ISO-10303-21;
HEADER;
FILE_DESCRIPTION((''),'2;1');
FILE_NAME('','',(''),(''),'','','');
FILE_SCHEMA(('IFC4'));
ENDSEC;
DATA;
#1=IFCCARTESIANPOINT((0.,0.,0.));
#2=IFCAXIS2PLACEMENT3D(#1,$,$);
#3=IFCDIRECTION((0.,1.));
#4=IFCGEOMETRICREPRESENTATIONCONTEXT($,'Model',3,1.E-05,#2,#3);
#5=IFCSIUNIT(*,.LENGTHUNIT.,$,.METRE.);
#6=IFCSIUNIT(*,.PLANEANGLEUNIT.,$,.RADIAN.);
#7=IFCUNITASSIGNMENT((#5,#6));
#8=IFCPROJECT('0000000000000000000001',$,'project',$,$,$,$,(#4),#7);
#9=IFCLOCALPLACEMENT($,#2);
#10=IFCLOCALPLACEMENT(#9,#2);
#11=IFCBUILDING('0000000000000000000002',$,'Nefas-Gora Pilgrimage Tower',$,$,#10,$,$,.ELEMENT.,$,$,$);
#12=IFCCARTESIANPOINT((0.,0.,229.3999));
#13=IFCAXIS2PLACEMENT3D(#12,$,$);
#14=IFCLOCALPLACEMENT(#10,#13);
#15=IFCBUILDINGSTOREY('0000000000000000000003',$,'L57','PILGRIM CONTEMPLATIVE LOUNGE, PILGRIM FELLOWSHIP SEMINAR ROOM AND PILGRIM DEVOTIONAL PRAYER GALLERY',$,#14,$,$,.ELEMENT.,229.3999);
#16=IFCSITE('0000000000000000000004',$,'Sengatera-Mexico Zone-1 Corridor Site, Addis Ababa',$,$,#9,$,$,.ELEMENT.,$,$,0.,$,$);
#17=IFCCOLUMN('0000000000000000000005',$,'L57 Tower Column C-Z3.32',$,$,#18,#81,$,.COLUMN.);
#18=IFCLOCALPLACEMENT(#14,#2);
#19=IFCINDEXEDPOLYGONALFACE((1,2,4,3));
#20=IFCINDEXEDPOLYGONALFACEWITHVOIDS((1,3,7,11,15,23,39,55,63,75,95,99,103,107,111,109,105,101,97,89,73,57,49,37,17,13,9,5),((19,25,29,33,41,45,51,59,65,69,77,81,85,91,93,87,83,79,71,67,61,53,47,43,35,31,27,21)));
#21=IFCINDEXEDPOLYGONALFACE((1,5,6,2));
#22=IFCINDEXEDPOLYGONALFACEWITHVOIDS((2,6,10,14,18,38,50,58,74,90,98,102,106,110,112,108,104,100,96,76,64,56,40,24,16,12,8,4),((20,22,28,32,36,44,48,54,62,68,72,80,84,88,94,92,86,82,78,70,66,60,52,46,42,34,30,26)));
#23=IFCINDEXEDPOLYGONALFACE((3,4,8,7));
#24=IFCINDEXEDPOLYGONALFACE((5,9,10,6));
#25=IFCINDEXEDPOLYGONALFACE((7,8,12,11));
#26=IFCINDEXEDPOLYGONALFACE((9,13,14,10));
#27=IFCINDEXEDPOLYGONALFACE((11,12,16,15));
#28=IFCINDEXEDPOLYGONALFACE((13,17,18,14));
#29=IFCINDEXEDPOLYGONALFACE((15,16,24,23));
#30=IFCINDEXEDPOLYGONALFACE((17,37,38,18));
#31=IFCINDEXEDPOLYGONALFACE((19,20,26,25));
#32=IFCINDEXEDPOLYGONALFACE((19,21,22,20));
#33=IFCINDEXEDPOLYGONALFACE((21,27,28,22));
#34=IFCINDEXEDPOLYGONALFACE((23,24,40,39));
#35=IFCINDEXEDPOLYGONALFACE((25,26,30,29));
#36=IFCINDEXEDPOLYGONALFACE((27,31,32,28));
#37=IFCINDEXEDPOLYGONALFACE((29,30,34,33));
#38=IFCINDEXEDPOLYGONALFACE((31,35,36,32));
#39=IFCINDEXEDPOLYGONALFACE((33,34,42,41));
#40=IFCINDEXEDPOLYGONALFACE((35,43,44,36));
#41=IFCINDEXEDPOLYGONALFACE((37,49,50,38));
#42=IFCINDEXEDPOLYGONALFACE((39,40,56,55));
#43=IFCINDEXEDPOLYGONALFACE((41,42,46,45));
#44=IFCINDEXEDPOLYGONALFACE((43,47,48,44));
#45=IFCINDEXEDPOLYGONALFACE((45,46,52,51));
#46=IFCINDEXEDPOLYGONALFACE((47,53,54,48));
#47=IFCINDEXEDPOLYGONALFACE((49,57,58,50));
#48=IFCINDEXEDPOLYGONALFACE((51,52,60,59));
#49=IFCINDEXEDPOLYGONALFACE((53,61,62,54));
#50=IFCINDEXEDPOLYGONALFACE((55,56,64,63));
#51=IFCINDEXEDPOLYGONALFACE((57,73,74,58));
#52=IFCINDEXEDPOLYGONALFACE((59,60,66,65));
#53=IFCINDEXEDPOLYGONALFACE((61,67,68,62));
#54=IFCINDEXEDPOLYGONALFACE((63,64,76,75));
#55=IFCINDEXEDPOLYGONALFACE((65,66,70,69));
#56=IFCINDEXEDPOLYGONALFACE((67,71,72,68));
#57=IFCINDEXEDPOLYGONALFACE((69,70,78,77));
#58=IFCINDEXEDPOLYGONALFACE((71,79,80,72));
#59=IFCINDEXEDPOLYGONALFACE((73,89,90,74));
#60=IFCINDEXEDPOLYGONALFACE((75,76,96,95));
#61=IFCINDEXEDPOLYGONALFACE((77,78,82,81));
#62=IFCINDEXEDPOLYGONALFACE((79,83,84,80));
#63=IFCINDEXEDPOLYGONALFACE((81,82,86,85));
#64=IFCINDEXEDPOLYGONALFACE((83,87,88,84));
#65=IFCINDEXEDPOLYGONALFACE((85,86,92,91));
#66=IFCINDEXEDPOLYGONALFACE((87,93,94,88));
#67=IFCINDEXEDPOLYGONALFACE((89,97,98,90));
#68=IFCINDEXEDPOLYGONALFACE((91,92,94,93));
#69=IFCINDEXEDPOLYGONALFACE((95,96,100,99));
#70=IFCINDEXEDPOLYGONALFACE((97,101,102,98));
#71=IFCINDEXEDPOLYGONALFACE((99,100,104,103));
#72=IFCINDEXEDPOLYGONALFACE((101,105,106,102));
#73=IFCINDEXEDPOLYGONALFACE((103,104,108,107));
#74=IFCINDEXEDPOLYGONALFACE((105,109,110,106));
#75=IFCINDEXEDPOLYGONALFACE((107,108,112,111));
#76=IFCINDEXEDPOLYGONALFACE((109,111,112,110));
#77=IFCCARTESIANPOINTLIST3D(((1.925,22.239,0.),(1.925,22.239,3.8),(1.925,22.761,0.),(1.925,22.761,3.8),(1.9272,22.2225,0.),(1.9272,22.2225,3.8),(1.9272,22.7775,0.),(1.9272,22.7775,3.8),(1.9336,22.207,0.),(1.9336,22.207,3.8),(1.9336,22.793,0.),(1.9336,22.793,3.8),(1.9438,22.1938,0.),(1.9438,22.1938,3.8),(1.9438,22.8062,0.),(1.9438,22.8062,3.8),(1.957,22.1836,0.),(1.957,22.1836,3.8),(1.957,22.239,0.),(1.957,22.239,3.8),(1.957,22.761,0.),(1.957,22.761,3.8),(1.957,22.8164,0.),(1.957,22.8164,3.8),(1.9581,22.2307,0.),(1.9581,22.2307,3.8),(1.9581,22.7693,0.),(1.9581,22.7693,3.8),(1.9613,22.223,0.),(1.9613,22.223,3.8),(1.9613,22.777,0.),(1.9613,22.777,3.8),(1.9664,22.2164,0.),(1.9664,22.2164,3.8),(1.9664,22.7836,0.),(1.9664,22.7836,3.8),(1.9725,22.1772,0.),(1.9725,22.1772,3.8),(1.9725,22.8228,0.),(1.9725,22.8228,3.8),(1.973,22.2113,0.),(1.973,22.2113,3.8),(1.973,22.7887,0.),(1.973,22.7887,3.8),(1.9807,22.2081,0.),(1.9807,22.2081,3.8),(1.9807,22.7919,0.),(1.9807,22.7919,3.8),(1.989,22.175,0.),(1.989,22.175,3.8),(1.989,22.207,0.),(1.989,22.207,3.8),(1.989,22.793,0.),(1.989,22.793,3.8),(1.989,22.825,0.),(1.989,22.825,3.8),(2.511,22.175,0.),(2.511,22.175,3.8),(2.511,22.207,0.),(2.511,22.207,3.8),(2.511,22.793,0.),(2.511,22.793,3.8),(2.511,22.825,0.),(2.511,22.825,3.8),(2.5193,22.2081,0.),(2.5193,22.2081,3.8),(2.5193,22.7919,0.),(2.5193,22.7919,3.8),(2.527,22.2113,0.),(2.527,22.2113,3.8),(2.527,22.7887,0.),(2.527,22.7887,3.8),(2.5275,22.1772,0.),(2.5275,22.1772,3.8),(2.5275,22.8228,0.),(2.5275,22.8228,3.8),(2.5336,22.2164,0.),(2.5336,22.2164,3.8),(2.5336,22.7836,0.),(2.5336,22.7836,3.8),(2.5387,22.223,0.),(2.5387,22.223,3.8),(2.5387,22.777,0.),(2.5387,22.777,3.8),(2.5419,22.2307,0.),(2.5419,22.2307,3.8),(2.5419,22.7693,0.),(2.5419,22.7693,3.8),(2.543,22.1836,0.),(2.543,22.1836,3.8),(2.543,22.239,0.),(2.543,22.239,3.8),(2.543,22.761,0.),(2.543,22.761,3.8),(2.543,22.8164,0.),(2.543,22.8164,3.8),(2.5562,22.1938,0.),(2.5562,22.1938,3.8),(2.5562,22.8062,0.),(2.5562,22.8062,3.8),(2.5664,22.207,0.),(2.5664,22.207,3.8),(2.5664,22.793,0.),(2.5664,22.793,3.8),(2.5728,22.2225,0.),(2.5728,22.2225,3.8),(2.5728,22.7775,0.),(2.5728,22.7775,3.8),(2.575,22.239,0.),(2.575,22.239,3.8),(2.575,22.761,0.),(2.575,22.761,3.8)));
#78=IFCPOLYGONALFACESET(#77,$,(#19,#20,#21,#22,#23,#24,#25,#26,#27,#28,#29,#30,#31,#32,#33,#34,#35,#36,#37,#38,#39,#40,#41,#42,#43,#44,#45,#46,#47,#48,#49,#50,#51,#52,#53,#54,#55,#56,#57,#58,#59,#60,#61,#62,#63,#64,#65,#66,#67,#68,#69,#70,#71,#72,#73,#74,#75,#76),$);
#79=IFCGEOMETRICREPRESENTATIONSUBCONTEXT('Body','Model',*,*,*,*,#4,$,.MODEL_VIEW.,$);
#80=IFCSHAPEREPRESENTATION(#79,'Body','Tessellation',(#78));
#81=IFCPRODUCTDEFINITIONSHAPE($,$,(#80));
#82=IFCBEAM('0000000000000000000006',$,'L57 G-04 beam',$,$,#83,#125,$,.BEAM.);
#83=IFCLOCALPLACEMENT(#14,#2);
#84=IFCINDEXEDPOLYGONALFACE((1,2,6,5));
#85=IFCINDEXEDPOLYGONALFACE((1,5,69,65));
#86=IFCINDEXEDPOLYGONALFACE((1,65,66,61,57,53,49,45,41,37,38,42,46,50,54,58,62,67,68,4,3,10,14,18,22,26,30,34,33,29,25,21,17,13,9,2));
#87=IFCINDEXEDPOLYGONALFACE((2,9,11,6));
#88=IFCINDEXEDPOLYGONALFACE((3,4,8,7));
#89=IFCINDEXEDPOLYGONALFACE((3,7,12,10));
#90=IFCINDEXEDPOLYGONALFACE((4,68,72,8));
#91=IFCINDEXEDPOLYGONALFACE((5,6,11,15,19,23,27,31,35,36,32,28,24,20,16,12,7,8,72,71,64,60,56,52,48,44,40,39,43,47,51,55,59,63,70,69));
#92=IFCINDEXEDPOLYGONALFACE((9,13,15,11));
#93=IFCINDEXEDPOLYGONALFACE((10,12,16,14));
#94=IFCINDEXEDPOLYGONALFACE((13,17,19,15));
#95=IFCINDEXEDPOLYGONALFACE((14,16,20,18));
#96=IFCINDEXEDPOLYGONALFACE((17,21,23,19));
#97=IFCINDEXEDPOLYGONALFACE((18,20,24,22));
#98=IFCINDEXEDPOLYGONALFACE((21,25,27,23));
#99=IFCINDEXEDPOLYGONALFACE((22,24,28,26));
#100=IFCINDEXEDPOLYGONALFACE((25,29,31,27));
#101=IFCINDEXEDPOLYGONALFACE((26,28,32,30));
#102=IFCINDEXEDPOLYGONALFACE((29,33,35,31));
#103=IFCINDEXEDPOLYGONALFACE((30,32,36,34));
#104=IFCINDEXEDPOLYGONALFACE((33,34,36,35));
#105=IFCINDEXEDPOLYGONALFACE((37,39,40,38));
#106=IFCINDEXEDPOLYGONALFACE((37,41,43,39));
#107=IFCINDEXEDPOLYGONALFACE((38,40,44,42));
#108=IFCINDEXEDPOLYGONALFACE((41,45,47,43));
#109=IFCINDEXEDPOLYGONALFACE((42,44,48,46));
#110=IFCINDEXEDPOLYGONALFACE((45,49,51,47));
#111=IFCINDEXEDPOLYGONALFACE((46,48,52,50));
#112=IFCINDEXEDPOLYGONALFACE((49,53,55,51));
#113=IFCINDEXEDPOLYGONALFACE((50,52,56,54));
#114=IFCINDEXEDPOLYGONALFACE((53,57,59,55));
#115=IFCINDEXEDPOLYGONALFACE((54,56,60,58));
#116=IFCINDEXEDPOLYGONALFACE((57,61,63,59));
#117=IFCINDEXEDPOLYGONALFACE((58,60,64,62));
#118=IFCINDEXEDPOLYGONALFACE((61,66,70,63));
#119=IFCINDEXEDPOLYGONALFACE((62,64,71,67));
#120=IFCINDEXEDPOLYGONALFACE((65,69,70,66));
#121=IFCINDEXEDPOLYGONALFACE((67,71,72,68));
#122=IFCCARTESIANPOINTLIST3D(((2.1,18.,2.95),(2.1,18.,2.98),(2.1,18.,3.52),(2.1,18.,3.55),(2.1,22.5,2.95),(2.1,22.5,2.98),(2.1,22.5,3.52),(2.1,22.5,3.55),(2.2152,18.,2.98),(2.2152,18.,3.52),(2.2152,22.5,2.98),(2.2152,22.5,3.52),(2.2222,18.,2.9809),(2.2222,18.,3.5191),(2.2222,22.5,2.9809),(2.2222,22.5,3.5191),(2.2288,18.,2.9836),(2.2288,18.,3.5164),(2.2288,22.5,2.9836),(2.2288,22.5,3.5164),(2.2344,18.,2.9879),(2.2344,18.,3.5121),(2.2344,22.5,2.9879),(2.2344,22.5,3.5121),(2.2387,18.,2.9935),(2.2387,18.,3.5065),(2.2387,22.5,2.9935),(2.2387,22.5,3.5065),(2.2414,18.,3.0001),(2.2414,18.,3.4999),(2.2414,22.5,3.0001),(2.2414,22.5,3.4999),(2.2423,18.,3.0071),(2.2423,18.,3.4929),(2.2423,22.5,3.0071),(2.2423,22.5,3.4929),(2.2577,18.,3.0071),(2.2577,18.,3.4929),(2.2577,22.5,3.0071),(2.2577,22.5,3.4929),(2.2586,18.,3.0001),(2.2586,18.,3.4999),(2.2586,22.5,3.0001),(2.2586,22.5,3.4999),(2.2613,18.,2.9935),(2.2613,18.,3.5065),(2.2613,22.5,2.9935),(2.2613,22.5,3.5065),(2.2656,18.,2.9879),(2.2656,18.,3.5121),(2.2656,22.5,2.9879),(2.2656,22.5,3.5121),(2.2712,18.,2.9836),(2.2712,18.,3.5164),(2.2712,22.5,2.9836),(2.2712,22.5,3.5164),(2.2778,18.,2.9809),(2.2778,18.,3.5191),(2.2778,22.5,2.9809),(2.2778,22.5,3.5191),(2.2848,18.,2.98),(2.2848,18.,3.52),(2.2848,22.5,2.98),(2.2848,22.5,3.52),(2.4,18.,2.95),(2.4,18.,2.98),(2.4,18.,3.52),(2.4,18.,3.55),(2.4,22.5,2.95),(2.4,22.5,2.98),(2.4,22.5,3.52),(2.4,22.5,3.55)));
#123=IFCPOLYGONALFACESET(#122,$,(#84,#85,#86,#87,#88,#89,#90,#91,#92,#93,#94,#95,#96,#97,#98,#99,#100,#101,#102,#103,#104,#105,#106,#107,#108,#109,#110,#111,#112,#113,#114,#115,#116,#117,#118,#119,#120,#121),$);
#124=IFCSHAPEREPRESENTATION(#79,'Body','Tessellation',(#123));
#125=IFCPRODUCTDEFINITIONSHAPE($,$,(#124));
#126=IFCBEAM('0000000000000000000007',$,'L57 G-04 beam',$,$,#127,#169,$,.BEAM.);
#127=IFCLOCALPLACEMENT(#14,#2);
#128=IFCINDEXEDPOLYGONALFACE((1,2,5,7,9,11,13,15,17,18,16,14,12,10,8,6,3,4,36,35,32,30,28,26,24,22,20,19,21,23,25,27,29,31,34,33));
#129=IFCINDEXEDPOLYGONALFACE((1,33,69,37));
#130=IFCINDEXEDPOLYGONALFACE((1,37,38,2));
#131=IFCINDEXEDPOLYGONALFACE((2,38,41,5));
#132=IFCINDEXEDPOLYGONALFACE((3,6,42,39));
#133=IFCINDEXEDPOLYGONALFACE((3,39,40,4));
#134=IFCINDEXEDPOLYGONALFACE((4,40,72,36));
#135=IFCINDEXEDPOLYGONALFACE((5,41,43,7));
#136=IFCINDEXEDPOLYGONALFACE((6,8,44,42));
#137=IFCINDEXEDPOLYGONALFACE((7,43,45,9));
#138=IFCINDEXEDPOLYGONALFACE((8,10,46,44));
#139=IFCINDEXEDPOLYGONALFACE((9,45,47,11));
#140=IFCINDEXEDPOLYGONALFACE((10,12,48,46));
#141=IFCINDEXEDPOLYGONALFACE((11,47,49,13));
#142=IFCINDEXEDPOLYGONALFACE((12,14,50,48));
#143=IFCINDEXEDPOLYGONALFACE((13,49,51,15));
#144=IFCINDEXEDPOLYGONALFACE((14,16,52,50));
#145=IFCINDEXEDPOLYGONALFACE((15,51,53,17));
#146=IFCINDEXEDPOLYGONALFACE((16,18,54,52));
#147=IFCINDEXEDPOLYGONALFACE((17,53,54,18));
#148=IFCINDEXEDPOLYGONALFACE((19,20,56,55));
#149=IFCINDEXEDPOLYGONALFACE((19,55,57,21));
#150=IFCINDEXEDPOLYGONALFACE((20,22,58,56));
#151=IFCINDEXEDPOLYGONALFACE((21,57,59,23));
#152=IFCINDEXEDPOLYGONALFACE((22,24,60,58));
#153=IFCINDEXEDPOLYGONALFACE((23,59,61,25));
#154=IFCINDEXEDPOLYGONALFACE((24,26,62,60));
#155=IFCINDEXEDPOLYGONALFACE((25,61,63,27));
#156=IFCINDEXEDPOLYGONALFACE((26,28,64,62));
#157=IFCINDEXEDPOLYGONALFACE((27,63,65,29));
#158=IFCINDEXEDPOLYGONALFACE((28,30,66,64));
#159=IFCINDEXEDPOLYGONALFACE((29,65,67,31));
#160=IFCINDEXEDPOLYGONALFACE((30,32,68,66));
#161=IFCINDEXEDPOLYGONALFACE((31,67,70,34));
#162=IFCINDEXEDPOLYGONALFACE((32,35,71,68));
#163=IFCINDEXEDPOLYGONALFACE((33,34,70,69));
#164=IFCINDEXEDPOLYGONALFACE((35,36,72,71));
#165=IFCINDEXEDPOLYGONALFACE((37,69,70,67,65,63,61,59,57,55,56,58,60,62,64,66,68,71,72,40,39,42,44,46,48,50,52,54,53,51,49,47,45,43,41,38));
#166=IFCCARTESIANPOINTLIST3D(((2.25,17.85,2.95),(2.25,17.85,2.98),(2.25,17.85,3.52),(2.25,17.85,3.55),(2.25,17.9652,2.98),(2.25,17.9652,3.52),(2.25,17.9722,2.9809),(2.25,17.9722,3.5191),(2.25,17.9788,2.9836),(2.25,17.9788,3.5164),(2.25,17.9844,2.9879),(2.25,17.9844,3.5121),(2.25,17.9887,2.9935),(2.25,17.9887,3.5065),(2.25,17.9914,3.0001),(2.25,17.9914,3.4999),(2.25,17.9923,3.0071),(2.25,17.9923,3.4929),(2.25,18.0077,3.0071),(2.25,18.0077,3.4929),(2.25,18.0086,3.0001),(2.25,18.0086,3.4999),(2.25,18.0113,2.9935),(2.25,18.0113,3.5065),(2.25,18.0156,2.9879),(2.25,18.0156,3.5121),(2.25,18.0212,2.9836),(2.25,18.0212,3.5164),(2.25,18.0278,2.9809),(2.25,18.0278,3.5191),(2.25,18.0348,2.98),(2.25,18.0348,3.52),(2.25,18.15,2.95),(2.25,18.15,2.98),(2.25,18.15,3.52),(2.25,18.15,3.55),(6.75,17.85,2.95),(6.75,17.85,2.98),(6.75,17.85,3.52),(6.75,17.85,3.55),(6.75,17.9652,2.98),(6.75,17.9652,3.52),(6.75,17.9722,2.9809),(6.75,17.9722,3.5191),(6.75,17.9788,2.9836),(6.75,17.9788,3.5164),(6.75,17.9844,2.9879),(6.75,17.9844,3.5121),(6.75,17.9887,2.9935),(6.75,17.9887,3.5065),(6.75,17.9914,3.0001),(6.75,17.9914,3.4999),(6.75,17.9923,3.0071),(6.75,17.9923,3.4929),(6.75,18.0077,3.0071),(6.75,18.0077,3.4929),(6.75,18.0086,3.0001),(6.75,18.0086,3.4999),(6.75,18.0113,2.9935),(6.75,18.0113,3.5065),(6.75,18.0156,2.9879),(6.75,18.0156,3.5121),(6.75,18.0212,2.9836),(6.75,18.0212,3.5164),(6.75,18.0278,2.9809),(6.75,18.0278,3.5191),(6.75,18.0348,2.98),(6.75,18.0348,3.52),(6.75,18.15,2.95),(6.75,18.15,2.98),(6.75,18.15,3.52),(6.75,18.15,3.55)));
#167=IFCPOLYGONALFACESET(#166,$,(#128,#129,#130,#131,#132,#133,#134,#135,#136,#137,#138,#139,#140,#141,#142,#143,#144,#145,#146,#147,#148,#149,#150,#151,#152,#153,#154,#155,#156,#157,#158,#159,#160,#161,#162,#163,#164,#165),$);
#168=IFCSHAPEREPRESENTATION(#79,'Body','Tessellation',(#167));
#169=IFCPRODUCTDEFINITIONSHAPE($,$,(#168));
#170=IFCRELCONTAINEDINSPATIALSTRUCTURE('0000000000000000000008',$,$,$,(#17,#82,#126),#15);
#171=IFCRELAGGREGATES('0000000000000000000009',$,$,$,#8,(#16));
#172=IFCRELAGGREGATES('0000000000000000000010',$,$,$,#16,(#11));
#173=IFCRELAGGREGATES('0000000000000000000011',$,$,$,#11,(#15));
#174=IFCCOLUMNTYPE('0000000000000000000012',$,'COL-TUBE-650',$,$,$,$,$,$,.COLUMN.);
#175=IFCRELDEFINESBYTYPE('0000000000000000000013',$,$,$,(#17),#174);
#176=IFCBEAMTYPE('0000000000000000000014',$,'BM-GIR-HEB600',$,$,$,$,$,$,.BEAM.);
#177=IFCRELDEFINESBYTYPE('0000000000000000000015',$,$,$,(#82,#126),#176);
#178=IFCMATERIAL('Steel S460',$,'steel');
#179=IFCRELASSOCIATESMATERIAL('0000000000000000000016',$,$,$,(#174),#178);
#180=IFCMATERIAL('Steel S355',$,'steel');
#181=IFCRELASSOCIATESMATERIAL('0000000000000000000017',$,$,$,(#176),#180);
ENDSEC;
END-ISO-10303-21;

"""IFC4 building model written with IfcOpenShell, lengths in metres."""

from ifc_helpers import new_model, si_unit, direction, frame, origin, origin_2d, place, context, subcontext, project, spatial, hollow_rectangle, i_section, extrude, source, transform, mapped, material, material_profile, profile_set, type_object, element, save


model = new_model("IFC4")

# Units and contexts
model_context = context("Model", 3, precision=1e-05, world=origin(), true_north=direction((0.0, 1.0)))
body_context = subcontext(model_context, "Body", "Model", "MODEL_VIEW")
ifc_project = project(units=[si_unit("LENGTHUNIT", "METRE"), si_unit("PLANEANGLEUNIT", "RADIAN")], contexts=[model_context])

# Site, building, storey
site_placement = place(None, origin())
site = spatial("IfcSite", under=ifc_project, at=site_placement, Name="Sengatera-Mexico Zone-1 Corridor Site, Addis Ababa", CompositionType="ELEMENT", RefElevation=0.0)
building_placement = place(site_placement, origin())
building = spatial("IfcBuilding", under=site, at=building_placement, Name="Nefas-Gora Pilgrimage Tower", CompositionType="ELEMENT")
storey_placement = place(building_placement, frame((0.0, 0.0, 229.3999)))
storey = spatial("IfcBuildingStorey", under=building, at=storey_placement, Name="L57", Description="PILGRIM CONTEMPLATIVE LOUNGE, PILGRIM FELLOWSHIP SEMINAR ROOM AND PILGRIM DEVOTIONAL PRAYER GALLERY", CompositionType="ELEMENT", Elevation=229.3999)

# Column
ifc_material_1 = material(Name="Steel S460", Category="steel")
ifc_material_profile_1 = material_profile(ifc_material_1, hollow_rectangle(XDim=0.6499, YDim=0.6499, WallThickness=0.032, InnerFilletRadius=0.032, OuterFilletRadius=0.064, at=origin_2d()), Name="BOX 650x650x32")
ifc_profile_set_1 = profile_set([ifc_material_profile_1], Name="Steel S460")
column_type_1 = type_object("IfcColumnType", Name="COL-TUBE-650", PredefinedType="COLUMN", material=ifc_profile_set_1)
shared_shape_1 = source(origin(), body_context, "Body", "SweptSolid", [
    extrude(hollow_rectangle(XDim=0.6499, YDim=0.6499, WallThickness=0.032, InnerFilletRadius=0.032, OuterFilletRadius=0.064, at=origin_2d()), origin(), (0.0, 0.0, 1.0), 3.8),
])
column_placement = place(storey_placement, frame((2.25, 22.5, 0.0), z_axis=(0.0, 0.0, 1.0), x_axis=(1.0, 0.0, 0.0)))
element("IfcColumn", 1, at=column_placement, inside=storey, type_object=column_type_1, Name="L57 Tower Column C-Z3.32", PredefinedType="COLUMN", context=body_context, shape_type="MappedRepresentation", body=[
    mapped(shared_shape_1, transform((0.0, 0.0, 0.0), x_axis=(1.0, 0.0, 0.0), y_axis=(0.0, 1.0, 0.0), z_axis=(0.0, 0.0, 1.0), scale=1.0)),
])

# Beams
ifc_material_2 = material(Name="Steel S355", Category="steel")
ifc_material_profile_2 = material_profile(ifc_material_2, i_section(OverallWidth=0.3, OverallDepth=0.6001, WebThickness=0.0154, FlangeThickness=0.03, FilletRadius=0.0271, at=origin_2d()), Name="HEB 600")
ifc_profile_set_2 = profile_set([ifc_material_profile_2], Name="Steel S355")
beam_type = type_object("IfcBeamType", Name="BM-GIR-HEB600", PredefinedType="BEAM", material=ifc_profile_set_2)
shared_shape_2 = source(origin(), body_context, "Body", "SweptSolid", [
    extrude(i_section(OverallWidth=0.3, OverallDepth=0.6001, WebThickness=0.0154, FlangeThickness=0.03, FilletRadius=0.0271, at=origin_2d()), origin(), (0.0, 0.0, 1.0), 4.5),
])
for number, where, z_axis, x_axis, name in (
    (2, (2.25, 18.0, 3.25), (0.0, 1.0, 0.0), (-1.0, 0.0, 0.0), "L57 G-04 beam"),
    (3, (2.25, 18.0, 3.25), (1.0, 0.0, 0.0), (0.0, 1.0, 0.0), "L57 G-04 beam"),
):
    element("IfcBeam", number, at=place(storey_placement, frame(where, z_axis=z_axis, x_axis=x_axis)), inside=storey, type_object=beam_type, Name=name, PredefinedType="BEAM", context=body_context, shape_type="MappedRepresentation", body=[
        mapped(shared_shape_2, transform((0.0, 0.0, 0.0), x_axis=(1.0, 0.0, 0.0), y_axis=(0.0, 1.0, 0.0), z_axis=(0.0, 0.0, 1.0), scale=1.0)),
    ])

save(model, "model.ifc")
